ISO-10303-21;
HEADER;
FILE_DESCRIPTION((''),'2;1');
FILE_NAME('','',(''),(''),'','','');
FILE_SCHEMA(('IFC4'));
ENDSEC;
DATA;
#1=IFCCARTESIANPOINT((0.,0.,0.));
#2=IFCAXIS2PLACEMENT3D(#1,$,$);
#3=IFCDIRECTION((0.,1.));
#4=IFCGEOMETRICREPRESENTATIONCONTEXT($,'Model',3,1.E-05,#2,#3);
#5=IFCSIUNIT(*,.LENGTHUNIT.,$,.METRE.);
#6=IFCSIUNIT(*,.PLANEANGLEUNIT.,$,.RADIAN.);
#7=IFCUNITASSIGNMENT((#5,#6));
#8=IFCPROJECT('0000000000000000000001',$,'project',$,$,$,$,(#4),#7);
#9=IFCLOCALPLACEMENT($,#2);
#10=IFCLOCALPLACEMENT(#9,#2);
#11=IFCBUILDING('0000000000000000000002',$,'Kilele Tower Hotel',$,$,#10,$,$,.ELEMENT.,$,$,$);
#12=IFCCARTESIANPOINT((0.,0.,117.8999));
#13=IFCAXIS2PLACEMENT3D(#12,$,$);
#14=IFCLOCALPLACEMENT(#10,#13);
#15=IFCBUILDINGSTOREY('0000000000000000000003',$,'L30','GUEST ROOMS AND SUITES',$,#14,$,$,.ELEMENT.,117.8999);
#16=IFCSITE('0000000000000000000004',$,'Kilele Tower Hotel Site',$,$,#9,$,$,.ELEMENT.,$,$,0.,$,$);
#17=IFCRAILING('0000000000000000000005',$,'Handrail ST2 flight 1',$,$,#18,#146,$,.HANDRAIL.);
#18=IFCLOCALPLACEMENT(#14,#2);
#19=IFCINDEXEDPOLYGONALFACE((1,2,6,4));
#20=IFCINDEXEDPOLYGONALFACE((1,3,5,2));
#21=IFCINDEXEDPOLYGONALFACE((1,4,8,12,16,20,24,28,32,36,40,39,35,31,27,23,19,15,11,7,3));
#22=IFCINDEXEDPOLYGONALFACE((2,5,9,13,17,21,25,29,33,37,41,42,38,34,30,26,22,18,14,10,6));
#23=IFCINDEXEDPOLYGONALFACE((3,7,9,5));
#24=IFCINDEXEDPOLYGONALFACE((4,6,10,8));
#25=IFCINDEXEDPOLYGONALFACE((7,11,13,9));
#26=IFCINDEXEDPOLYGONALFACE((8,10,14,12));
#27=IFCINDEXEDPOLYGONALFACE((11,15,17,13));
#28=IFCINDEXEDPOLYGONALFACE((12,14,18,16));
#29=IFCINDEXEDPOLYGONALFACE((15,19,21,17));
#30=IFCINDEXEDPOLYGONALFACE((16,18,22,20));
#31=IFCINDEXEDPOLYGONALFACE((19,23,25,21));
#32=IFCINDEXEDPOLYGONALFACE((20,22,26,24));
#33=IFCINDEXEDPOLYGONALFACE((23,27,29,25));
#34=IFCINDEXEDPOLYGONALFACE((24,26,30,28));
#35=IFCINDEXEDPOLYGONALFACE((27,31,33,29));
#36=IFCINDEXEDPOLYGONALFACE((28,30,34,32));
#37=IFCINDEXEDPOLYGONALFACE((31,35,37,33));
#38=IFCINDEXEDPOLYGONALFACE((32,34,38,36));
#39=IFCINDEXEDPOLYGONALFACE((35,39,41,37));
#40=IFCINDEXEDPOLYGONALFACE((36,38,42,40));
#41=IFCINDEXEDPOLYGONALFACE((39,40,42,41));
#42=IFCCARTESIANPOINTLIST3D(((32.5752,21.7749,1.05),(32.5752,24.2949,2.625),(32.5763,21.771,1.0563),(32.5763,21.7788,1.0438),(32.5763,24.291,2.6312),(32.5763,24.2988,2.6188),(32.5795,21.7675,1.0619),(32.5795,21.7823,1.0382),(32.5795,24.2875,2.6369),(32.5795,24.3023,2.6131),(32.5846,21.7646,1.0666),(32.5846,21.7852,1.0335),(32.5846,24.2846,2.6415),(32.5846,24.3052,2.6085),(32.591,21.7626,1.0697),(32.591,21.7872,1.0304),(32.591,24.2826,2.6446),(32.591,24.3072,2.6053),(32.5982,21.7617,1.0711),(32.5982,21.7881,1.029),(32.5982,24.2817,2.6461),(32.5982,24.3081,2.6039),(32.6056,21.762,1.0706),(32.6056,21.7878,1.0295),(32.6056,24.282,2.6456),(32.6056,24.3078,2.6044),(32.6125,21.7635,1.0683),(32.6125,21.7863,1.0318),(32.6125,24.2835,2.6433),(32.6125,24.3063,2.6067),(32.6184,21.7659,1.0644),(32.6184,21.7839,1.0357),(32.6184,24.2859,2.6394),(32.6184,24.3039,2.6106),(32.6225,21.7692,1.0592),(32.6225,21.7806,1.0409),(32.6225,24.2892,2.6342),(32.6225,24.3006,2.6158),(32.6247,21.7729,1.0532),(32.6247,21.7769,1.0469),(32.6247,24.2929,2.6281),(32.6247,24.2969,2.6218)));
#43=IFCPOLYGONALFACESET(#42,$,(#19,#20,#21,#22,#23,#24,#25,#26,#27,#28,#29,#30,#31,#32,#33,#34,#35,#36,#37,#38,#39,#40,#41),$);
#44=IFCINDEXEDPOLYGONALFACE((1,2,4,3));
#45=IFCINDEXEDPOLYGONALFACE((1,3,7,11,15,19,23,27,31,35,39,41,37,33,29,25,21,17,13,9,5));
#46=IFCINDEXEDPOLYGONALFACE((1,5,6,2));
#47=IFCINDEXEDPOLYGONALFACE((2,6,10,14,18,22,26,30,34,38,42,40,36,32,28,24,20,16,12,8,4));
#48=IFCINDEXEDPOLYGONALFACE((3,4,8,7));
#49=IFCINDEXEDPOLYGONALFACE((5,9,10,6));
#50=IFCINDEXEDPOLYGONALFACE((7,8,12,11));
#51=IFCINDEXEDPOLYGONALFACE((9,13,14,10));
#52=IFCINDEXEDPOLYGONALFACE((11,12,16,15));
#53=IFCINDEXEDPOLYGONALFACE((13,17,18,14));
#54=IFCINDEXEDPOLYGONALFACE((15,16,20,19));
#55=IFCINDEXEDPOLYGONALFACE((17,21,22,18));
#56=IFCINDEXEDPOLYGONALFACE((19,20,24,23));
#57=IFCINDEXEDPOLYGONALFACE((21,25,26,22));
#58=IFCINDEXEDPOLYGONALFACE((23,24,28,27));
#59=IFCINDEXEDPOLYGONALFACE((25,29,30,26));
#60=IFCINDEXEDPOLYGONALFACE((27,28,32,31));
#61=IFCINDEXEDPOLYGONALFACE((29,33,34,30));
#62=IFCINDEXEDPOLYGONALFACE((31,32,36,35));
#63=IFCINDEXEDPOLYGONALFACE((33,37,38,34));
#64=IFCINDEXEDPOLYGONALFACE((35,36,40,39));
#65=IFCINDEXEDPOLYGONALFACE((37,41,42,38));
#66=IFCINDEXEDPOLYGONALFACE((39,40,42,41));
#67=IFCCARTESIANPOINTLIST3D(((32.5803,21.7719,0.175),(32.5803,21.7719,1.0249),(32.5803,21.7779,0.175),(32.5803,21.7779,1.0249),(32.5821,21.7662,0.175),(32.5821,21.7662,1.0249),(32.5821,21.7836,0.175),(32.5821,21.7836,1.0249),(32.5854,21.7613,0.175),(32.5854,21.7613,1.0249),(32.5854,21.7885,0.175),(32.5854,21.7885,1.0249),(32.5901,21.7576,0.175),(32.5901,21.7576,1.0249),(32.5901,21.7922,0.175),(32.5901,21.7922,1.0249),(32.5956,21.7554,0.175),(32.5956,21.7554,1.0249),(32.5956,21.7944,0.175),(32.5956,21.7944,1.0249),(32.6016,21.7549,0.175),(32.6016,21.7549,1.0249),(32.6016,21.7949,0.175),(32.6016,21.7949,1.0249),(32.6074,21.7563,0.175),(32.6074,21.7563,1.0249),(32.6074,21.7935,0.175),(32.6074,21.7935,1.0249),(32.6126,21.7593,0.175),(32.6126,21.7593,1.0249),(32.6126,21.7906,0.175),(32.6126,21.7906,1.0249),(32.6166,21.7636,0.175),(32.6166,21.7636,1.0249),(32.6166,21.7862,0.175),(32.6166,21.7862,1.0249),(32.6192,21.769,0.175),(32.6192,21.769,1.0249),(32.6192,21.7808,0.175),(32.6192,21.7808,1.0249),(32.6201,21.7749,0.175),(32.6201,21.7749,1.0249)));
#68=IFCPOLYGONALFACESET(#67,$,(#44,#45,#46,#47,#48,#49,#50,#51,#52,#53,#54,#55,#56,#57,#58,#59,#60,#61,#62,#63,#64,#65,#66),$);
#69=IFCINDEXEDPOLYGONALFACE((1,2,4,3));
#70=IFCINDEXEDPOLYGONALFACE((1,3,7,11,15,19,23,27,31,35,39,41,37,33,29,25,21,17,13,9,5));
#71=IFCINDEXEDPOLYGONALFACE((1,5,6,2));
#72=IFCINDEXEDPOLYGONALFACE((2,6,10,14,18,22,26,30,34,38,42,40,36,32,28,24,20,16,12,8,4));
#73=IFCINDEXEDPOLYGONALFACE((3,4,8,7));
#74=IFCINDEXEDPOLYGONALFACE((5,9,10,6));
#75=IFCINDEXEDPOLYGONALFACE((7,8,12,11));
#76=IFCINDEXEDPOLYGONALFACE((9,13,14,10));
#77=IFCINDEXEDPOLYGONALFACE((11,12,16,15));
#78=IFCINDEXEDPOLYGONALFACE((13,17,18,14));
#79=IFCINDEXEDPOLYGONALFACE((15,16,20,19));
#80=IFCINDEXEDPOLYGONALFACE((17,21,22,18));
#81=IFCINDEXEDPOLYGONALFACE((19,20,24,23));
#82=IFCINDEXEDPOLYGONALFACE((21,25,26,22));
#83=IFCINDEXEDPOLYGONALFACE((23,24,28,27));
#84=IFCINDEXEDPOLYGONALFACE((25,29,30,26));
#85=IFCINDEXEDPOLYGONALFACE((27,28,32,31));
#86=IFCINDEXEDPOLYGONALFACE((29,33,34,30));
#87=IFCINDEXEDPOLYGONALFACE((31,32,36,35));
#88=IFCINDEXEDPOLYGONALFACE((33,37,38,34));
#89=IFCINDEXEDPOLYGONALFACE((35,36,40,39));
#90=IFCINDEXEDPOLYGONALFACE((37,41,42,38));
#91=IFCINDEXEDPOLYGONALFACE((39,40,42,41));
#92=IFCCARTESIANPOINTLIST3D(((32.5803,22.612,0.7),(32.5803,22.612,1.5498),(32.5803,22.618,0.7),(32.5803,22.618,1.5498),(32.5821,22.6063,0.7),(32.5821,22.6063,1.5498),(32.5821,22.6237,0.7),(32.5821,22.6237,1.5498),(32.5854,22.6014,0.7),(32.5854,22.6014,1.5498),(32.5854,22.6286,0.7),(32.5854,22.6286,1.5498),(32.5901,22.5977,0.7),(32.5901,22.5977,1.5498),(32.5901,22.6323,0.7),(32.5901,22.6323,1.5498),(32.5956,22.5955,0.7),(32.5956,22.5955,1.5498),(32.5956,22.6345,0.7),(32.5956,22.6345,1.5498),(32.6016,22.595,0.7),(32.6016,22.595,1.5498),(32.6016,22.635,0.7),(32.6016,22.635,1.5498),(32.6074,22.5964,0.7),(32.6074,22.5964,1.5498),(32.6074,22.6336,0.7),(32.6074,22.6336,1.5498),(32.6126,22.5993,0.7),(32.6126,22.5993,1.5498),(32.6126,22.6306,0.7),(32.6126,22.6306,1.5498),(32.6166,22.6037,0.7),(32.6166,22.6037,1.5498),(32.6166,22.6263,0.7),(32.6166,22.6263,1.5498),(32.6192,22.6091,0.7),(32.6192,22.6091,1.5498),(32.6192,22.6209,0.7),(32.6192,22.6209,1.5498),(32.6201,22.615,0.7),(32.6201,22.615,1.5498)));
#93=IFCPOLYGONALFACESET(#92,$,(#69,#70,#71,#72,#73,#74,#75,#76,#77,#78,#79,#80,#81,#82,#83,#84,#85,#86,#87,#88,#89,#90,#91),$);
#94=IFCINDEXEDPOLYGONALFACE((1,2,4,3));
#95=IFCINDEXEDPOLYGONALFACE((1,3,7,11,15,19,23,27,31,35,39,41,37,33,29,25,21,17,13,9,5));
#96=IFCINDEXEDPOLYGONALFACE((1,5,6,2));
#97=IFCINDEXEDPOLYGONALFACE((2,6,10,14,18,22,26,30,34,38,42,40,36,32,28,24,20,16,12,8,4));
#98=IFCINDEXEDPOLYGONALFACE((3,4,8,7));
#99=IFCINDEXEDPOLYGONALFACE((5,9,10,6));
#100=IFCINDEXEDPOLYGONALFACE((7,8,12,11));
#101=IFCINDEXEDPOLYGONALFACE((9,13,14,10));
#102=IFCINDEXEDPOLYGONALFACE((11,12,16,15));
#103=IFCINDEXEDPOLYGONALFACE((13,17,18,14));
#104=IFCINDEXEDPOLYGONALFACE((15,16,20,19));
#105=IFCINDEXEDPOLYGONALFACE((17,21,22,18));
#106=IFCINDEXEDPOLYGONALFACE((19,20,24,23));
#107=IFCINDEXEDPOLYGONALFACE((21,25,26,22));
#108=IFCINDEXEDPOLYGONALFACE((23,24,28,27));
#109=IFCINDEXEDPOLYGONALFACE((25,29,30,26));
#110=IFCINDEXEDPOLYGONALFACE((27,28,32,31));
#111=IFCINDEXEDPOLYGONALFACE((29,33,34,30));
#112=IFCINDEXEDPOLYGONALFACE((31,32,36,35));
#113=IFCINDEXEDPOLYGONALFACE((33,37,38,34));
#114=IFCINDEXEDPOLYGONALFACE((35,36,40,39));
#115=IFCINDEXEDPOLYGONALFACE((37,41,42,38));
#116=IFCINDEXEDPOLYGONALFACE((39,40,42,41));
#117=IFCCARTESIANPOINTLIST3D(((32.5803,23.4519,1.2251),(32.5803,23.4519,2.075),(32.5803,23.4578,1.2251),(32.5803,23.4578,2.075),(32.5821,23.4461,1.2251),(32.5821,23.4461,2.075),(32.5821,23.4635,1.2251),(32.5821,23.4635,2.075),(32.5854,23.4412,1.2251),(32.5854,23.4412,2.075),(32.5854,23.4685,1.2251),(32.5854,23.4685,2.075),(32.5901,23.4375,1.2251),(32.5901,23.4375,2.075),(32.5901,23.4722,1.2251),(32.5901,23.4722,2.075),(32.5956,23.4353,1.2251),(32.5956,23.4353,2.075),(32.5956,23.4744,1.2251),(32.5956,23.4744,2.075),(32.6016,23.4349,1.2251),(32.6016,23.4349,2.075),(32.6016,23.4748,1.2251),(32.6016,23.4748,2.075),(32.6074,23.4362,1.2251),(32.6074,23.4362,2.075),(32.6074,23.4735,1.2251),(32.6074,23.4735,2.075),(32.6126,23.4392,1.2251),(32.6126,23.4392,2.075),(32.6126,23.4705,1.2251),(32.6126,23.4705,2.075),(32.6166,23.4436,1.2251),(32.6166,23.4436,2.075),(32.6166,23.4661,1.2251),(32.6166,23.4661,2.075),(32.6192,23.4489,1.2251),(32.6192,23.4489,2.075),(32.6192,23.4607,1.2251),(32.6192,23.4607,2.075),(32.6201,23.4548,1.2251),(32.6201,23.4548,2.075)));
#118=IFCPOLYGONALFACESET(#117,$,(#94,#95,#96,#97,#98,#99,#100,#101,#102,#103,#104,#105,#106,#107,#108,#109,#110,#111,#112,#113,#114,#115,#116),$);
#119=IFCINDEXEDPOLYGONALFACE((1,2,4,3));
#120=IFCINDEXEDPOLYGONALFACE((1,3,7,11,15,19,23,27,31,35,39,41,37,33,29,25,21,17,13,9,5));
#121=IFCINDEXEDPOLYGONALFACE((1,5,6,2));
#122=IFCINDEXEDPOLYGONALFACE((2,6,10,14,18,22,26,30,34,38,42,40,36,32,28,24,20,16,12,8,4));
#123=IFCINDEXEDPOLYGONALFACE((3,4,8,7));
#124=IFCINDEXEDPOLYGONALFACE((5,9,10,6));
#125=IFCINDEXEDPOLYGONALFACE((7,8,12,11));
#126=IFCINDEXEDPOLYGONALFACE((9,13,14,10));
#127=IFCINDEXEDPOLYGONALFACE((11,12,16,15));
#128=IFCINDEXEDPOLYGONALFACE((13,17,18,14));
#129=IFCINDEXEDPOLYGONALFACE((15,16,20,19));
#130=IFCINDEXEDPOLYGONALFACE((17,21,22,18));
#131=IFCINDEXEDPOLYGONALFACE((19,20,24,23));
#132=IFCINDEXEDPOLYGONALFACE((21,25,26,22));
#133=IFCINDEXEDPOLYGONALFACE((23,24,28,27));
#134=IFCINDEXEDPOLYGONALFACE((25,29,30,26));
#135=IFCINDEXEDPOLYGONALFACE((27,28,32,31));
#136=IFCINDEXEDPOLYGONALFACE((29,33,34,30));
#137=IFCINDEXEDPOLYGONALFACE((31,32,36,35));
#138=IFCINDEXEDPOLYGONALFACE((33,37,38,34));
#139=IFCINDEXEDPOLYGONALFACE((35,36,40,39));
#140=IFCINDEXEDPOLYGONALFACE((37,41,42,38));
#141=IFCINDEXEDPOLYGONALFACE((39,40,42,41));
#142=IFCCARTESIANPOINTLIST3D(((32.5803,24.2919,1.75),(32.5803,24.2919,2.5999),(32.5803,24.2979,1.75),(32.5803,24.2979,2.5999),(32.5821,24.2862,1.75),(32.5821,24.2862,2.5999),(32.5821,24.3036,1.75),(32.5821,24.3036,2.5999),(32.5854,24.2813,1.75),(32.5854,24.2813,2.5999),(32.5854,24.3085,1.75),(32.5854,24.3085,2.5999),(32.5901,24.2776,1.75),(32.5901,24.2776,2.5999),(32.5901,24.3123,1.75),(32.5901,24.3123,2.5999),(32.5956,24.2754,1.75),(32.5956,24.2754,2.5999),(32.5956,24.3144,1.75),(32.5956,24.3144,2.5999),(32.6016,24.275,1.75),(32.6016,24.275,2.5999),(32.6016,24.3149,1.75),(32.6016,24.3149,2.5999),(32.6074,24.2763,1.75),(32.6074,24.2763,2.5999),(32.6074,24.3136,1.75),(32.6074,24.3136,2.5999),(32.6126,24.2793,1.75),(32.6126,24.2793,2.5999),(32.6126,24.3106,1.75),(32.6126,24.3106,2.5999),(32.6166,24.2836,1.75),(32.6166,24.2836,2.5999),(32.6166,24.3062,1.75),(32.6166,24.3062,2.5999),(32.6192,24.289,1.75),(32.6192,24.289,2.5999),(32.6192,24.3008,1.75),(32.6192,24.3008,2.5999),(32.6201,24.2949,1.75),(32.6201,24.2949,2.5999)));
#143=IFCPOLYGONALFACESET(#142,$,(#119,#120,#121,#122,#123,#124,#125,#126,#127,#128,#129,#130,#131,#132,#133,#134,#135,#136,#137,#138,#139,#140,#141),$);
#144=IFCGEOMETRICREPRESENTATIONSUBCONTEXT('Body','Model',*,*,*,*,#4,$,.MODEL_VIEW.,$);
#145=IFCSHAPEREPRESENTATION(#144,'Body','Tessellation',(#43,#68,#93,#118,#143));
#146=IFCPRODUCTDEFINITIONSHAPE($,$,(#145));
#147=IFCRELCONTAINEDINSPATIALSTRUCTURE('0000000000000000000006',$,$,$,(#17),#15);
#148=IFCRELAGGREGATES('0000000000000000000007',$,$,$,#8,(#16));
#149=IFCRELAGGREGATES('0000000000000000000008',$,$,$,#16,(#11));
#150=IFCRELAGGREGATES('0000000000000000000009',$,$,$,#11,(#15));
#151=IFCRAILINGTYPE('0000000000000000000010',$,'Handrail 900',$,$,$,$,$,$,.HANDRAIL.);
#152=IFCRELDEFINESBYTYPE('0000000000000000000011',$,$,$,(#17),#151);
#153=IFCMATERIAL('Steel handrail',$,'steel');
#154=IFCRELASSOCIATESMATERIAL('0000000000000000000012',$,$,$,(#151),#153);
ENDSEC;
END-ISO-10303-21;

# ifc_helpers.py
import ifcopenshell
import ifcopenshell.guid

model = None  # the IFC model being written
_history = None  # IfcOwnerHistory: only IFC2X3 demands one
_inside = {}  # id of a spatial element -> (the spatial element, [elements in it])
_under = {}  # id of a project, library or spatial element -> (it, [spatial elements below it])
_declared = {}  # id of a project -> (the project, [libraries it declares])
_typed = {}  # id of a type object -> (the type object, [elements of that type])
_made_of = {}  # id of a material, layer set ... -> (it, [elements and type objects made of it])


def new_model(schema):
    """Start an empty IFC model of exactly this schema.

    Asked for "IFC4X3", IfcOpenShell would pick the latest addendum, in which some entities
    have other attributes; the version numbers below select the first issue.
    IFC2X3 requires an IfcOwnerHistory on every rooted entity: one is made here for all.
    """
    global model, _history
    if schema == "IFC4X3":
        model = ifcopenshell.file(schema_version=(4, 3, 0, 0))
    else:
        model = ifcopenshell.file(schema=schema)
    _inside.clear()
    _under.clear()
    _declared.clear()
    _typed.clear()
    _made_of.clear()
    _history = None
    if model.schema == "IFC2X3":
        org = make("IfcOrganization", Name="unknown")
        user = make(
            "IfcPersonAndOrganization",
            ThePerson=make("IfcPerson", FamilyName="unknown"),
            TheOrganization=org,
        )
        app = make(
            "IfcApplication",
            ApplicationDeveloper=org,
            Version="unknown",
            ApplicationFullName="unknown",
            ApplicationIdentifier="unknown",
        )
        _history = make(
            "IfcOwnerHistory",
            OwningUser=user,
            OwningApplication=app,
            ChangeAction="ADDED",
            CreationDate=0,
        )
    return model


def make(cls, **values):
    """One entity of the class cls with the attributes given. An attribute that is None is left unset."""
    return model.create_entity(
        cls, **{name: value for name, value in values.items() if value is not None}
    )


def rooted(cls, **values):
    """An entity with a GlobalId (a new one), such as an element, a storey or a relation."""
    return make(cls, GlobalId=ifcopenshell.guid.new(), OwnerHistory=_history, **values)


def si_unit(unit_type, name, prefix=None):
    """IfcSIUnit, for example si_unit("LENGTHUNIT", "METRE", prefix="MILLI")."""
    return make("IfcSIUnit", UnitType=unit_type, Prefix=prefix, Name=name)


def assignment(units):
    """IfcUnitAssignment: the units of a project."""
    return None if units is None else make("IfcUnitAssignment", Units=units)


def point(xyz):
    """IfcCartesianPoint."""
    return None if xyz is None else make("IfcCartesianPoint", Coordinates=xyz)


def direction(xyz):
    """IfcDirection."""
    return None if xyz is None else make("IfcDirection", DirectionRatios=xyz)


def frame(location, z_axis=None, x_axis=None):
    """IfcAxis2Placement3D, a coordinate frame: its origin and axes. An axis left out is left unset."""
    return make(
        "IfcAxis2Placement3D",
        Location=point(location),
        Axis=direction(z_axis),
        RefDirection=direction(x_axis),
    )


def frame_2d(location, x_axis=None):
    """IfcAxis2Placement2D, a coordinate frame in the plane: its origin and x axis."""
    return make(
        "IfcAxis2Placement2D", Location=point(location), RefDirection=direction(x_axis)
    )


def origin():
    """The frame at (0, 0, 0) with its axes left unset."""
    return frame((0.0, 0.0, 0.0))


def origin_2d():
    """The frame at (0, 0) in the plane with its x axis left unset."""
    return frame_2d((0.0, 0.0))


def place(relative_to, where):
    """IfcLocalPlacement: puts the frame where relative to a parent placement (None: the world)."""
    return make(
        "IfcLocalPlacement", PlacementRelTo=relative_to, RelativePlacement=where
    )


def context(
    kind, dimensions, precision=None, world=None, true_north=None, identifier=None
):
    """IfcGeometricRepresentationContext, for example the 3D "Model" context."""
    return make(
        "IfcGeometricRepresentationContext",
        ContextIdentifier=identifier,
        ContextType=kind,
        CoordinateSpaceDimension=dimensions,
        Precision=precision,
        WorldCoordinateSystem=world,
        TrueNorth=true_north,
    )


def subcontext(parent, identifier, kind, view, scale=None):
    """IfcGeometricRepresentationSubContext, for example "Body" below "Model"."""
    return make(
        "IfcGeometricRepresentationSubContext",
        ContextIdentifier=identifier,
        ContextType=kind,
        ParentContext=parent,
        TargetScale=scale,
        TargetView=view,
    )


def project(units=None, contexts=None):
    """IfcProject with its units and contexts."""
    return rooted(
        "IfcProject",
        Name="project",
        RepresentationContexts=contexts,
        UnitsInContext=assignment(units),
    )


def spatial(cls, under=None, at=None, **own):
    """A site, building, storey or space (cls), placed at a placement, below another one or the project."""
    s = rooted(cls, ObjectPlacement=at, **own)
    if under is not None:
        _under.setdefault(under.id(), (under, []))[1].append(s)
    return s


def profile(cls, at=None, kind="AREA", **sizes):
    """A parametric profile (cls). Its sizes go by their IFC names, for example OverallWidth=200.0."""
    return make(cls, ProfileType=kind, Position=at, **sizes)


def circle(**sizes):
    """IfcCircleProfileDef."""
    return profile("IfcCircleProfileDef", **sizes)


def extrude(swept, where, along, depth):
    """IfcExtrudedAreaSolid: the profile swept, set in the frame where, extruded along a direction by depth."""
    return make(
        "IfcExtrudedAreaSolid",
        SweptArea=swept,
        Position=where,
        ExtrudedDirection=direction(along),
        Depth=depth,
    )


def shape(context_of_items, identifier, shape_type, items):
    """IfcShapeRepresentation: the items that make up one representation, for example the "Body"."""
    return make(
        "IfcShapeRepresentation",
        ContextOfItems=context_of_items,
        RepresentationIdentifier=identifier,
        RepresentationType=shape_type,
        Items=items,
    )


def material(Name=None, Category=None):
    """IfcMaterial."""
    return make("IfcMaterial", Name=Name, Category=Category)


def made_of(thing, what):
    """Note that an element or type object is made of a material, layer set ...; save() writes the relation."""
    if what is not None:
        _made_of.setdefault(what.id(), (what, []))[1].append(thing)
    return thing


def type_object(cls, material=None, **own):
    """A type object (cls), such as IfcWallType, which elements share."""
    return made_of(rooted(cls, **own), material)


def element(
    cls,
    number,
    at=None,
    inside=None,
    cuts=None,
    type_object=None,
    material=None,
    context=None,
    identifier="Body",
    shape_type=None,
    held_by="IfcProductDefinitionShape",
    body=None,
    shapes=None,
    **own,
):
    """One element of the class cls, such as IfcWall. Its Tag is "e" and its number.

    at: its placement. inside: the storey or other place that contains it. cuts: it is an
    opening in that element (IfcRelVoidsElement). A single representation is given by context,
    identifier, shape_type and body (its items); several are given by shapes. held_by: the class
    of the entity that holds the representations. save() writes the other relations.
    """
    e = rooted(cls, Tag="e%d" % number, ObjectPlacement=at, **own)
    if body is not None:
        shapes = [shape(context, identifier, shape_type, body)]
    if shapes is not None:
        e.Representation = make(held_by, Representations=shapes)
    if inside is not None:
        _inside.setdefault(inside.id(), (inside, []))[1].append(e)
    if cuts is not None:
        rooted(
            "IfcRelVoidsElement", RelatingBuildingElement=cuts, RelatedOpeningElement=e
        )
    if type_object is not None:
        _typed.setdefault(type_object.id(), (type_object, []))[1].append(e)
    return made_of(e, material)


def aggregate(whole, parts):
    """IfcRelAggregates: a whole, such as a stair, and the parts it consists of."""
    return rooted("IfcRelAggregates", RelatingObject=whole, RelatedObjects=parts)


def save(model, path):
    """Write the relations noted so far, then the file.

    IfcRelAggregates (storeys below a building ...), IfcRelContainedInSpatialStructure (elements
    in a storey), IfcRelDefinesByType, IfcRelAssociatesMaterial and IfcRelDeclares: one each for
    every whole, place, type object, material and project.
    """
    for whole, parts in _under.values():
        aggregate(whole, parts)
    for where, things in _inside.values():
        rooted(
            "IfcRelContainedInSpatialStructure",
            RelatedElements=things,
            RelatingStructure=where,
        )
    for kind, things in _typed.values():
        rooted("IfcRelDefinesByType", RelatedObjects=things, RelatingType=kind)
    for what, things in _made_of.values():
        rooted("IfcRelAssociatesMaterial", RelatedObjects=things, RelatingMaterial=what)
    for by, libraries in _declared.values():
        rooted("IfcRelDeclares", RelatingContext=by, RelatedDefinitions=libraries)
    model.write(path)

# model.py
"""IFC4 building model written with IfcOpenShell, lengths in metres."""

from ifc_helpers import new_model, si_unit, direction, frame, origin, origin_2d, place, context, subcontext, project, spatial, circle, extrude, material, type_object, element, save


model = new_model("IFC4")

# Units and contexts
model_context = context("Model", 3, precision=1e-05, world=origin(), true_north=direction((0.0, 1.0)))
body_context = subcontext(model_context, "Body", "Model", "MODEL_VIEW")
ifc_project = project(units=[si_unit("LENGTHUNIT", "METRE"), si_unit("PLANEANGLEUNIT", "RADIAN")], contexts=[model_context])

# Site, building, storey
site_placement = place(None, origin())
site = spatial("IfcSite", under=ifc_project, at=site_placement, Name="Kilele Tower Hotel Site", CompositionType="ELEMENT", RefElevation=0.0)
building_placement = place(site_placement, origin())
building = spatial("IfcBuilding", under=site, at=building_placement, Name="Kilele Tower Hotel", CompositionType="ELEMENT")
storey_placement = place(building_placement, frame((0.0, 0.0, 117.8999)))
storey = spatial("IfcBuildingStorey", under=building, at=storey_placement, Name="L30", Description="GUEST ROOMS AND SUITES", CompositionType="ELEMENT", Elevation=117.8999)

# Railing
ifc_material_1 = material(Name="Steel handrail", Category="steel")
railing_type_1 = type_object("IfcRailingType", Name="Handrail 900", PredefinedType="HANDRAIL", material=ifc_material_1)
for number, where, name in (
    (1, (32.6001, 21.7749, 0.175), "Handrail ST2 flight 1"),
):
    element("IfcRailing", number, at=place(storey_placement, frame(where)), inside=storey, type_object=railing_type_1, Name=name, PredefinedType="HANDRAIL", context=body_context, shape_type="SweptSolid", body=[
        extrude(circle(Radius=0.0249, at=origin_2d()), frame((0.0, 0.0, 0.875), z_axis=(0.0, 0.848008, 0.529984), x_axis=(-1.0, 0.0, 0.0)), (0.0, 0.0, 1.0), 2.9717),
        extrude(circle(Radius=0.02, at=origin_2d()), origin(), (0.0, 0.0, 1.0), 0.8499),
        extrude(circle(Radius=0.02, at=origin_2d()), frame((0.0, 0.8401, 0.5249)), (0.0, 0.0, 1.0), 0.8499),
        extrude(circle(Radius=0.02, at=origin_2d()), frame((0.0, 1.6799, 1.05)), (0.0, 0.0, 1.0), 0.8499),
        extrude(circle(Radius=0.02, at=origin_2d()), frame((0.0, 2.52, 1.575)), (0.0, 0.0, 1.0), 0.8499),
    ])

save(model, "model.ifc")
